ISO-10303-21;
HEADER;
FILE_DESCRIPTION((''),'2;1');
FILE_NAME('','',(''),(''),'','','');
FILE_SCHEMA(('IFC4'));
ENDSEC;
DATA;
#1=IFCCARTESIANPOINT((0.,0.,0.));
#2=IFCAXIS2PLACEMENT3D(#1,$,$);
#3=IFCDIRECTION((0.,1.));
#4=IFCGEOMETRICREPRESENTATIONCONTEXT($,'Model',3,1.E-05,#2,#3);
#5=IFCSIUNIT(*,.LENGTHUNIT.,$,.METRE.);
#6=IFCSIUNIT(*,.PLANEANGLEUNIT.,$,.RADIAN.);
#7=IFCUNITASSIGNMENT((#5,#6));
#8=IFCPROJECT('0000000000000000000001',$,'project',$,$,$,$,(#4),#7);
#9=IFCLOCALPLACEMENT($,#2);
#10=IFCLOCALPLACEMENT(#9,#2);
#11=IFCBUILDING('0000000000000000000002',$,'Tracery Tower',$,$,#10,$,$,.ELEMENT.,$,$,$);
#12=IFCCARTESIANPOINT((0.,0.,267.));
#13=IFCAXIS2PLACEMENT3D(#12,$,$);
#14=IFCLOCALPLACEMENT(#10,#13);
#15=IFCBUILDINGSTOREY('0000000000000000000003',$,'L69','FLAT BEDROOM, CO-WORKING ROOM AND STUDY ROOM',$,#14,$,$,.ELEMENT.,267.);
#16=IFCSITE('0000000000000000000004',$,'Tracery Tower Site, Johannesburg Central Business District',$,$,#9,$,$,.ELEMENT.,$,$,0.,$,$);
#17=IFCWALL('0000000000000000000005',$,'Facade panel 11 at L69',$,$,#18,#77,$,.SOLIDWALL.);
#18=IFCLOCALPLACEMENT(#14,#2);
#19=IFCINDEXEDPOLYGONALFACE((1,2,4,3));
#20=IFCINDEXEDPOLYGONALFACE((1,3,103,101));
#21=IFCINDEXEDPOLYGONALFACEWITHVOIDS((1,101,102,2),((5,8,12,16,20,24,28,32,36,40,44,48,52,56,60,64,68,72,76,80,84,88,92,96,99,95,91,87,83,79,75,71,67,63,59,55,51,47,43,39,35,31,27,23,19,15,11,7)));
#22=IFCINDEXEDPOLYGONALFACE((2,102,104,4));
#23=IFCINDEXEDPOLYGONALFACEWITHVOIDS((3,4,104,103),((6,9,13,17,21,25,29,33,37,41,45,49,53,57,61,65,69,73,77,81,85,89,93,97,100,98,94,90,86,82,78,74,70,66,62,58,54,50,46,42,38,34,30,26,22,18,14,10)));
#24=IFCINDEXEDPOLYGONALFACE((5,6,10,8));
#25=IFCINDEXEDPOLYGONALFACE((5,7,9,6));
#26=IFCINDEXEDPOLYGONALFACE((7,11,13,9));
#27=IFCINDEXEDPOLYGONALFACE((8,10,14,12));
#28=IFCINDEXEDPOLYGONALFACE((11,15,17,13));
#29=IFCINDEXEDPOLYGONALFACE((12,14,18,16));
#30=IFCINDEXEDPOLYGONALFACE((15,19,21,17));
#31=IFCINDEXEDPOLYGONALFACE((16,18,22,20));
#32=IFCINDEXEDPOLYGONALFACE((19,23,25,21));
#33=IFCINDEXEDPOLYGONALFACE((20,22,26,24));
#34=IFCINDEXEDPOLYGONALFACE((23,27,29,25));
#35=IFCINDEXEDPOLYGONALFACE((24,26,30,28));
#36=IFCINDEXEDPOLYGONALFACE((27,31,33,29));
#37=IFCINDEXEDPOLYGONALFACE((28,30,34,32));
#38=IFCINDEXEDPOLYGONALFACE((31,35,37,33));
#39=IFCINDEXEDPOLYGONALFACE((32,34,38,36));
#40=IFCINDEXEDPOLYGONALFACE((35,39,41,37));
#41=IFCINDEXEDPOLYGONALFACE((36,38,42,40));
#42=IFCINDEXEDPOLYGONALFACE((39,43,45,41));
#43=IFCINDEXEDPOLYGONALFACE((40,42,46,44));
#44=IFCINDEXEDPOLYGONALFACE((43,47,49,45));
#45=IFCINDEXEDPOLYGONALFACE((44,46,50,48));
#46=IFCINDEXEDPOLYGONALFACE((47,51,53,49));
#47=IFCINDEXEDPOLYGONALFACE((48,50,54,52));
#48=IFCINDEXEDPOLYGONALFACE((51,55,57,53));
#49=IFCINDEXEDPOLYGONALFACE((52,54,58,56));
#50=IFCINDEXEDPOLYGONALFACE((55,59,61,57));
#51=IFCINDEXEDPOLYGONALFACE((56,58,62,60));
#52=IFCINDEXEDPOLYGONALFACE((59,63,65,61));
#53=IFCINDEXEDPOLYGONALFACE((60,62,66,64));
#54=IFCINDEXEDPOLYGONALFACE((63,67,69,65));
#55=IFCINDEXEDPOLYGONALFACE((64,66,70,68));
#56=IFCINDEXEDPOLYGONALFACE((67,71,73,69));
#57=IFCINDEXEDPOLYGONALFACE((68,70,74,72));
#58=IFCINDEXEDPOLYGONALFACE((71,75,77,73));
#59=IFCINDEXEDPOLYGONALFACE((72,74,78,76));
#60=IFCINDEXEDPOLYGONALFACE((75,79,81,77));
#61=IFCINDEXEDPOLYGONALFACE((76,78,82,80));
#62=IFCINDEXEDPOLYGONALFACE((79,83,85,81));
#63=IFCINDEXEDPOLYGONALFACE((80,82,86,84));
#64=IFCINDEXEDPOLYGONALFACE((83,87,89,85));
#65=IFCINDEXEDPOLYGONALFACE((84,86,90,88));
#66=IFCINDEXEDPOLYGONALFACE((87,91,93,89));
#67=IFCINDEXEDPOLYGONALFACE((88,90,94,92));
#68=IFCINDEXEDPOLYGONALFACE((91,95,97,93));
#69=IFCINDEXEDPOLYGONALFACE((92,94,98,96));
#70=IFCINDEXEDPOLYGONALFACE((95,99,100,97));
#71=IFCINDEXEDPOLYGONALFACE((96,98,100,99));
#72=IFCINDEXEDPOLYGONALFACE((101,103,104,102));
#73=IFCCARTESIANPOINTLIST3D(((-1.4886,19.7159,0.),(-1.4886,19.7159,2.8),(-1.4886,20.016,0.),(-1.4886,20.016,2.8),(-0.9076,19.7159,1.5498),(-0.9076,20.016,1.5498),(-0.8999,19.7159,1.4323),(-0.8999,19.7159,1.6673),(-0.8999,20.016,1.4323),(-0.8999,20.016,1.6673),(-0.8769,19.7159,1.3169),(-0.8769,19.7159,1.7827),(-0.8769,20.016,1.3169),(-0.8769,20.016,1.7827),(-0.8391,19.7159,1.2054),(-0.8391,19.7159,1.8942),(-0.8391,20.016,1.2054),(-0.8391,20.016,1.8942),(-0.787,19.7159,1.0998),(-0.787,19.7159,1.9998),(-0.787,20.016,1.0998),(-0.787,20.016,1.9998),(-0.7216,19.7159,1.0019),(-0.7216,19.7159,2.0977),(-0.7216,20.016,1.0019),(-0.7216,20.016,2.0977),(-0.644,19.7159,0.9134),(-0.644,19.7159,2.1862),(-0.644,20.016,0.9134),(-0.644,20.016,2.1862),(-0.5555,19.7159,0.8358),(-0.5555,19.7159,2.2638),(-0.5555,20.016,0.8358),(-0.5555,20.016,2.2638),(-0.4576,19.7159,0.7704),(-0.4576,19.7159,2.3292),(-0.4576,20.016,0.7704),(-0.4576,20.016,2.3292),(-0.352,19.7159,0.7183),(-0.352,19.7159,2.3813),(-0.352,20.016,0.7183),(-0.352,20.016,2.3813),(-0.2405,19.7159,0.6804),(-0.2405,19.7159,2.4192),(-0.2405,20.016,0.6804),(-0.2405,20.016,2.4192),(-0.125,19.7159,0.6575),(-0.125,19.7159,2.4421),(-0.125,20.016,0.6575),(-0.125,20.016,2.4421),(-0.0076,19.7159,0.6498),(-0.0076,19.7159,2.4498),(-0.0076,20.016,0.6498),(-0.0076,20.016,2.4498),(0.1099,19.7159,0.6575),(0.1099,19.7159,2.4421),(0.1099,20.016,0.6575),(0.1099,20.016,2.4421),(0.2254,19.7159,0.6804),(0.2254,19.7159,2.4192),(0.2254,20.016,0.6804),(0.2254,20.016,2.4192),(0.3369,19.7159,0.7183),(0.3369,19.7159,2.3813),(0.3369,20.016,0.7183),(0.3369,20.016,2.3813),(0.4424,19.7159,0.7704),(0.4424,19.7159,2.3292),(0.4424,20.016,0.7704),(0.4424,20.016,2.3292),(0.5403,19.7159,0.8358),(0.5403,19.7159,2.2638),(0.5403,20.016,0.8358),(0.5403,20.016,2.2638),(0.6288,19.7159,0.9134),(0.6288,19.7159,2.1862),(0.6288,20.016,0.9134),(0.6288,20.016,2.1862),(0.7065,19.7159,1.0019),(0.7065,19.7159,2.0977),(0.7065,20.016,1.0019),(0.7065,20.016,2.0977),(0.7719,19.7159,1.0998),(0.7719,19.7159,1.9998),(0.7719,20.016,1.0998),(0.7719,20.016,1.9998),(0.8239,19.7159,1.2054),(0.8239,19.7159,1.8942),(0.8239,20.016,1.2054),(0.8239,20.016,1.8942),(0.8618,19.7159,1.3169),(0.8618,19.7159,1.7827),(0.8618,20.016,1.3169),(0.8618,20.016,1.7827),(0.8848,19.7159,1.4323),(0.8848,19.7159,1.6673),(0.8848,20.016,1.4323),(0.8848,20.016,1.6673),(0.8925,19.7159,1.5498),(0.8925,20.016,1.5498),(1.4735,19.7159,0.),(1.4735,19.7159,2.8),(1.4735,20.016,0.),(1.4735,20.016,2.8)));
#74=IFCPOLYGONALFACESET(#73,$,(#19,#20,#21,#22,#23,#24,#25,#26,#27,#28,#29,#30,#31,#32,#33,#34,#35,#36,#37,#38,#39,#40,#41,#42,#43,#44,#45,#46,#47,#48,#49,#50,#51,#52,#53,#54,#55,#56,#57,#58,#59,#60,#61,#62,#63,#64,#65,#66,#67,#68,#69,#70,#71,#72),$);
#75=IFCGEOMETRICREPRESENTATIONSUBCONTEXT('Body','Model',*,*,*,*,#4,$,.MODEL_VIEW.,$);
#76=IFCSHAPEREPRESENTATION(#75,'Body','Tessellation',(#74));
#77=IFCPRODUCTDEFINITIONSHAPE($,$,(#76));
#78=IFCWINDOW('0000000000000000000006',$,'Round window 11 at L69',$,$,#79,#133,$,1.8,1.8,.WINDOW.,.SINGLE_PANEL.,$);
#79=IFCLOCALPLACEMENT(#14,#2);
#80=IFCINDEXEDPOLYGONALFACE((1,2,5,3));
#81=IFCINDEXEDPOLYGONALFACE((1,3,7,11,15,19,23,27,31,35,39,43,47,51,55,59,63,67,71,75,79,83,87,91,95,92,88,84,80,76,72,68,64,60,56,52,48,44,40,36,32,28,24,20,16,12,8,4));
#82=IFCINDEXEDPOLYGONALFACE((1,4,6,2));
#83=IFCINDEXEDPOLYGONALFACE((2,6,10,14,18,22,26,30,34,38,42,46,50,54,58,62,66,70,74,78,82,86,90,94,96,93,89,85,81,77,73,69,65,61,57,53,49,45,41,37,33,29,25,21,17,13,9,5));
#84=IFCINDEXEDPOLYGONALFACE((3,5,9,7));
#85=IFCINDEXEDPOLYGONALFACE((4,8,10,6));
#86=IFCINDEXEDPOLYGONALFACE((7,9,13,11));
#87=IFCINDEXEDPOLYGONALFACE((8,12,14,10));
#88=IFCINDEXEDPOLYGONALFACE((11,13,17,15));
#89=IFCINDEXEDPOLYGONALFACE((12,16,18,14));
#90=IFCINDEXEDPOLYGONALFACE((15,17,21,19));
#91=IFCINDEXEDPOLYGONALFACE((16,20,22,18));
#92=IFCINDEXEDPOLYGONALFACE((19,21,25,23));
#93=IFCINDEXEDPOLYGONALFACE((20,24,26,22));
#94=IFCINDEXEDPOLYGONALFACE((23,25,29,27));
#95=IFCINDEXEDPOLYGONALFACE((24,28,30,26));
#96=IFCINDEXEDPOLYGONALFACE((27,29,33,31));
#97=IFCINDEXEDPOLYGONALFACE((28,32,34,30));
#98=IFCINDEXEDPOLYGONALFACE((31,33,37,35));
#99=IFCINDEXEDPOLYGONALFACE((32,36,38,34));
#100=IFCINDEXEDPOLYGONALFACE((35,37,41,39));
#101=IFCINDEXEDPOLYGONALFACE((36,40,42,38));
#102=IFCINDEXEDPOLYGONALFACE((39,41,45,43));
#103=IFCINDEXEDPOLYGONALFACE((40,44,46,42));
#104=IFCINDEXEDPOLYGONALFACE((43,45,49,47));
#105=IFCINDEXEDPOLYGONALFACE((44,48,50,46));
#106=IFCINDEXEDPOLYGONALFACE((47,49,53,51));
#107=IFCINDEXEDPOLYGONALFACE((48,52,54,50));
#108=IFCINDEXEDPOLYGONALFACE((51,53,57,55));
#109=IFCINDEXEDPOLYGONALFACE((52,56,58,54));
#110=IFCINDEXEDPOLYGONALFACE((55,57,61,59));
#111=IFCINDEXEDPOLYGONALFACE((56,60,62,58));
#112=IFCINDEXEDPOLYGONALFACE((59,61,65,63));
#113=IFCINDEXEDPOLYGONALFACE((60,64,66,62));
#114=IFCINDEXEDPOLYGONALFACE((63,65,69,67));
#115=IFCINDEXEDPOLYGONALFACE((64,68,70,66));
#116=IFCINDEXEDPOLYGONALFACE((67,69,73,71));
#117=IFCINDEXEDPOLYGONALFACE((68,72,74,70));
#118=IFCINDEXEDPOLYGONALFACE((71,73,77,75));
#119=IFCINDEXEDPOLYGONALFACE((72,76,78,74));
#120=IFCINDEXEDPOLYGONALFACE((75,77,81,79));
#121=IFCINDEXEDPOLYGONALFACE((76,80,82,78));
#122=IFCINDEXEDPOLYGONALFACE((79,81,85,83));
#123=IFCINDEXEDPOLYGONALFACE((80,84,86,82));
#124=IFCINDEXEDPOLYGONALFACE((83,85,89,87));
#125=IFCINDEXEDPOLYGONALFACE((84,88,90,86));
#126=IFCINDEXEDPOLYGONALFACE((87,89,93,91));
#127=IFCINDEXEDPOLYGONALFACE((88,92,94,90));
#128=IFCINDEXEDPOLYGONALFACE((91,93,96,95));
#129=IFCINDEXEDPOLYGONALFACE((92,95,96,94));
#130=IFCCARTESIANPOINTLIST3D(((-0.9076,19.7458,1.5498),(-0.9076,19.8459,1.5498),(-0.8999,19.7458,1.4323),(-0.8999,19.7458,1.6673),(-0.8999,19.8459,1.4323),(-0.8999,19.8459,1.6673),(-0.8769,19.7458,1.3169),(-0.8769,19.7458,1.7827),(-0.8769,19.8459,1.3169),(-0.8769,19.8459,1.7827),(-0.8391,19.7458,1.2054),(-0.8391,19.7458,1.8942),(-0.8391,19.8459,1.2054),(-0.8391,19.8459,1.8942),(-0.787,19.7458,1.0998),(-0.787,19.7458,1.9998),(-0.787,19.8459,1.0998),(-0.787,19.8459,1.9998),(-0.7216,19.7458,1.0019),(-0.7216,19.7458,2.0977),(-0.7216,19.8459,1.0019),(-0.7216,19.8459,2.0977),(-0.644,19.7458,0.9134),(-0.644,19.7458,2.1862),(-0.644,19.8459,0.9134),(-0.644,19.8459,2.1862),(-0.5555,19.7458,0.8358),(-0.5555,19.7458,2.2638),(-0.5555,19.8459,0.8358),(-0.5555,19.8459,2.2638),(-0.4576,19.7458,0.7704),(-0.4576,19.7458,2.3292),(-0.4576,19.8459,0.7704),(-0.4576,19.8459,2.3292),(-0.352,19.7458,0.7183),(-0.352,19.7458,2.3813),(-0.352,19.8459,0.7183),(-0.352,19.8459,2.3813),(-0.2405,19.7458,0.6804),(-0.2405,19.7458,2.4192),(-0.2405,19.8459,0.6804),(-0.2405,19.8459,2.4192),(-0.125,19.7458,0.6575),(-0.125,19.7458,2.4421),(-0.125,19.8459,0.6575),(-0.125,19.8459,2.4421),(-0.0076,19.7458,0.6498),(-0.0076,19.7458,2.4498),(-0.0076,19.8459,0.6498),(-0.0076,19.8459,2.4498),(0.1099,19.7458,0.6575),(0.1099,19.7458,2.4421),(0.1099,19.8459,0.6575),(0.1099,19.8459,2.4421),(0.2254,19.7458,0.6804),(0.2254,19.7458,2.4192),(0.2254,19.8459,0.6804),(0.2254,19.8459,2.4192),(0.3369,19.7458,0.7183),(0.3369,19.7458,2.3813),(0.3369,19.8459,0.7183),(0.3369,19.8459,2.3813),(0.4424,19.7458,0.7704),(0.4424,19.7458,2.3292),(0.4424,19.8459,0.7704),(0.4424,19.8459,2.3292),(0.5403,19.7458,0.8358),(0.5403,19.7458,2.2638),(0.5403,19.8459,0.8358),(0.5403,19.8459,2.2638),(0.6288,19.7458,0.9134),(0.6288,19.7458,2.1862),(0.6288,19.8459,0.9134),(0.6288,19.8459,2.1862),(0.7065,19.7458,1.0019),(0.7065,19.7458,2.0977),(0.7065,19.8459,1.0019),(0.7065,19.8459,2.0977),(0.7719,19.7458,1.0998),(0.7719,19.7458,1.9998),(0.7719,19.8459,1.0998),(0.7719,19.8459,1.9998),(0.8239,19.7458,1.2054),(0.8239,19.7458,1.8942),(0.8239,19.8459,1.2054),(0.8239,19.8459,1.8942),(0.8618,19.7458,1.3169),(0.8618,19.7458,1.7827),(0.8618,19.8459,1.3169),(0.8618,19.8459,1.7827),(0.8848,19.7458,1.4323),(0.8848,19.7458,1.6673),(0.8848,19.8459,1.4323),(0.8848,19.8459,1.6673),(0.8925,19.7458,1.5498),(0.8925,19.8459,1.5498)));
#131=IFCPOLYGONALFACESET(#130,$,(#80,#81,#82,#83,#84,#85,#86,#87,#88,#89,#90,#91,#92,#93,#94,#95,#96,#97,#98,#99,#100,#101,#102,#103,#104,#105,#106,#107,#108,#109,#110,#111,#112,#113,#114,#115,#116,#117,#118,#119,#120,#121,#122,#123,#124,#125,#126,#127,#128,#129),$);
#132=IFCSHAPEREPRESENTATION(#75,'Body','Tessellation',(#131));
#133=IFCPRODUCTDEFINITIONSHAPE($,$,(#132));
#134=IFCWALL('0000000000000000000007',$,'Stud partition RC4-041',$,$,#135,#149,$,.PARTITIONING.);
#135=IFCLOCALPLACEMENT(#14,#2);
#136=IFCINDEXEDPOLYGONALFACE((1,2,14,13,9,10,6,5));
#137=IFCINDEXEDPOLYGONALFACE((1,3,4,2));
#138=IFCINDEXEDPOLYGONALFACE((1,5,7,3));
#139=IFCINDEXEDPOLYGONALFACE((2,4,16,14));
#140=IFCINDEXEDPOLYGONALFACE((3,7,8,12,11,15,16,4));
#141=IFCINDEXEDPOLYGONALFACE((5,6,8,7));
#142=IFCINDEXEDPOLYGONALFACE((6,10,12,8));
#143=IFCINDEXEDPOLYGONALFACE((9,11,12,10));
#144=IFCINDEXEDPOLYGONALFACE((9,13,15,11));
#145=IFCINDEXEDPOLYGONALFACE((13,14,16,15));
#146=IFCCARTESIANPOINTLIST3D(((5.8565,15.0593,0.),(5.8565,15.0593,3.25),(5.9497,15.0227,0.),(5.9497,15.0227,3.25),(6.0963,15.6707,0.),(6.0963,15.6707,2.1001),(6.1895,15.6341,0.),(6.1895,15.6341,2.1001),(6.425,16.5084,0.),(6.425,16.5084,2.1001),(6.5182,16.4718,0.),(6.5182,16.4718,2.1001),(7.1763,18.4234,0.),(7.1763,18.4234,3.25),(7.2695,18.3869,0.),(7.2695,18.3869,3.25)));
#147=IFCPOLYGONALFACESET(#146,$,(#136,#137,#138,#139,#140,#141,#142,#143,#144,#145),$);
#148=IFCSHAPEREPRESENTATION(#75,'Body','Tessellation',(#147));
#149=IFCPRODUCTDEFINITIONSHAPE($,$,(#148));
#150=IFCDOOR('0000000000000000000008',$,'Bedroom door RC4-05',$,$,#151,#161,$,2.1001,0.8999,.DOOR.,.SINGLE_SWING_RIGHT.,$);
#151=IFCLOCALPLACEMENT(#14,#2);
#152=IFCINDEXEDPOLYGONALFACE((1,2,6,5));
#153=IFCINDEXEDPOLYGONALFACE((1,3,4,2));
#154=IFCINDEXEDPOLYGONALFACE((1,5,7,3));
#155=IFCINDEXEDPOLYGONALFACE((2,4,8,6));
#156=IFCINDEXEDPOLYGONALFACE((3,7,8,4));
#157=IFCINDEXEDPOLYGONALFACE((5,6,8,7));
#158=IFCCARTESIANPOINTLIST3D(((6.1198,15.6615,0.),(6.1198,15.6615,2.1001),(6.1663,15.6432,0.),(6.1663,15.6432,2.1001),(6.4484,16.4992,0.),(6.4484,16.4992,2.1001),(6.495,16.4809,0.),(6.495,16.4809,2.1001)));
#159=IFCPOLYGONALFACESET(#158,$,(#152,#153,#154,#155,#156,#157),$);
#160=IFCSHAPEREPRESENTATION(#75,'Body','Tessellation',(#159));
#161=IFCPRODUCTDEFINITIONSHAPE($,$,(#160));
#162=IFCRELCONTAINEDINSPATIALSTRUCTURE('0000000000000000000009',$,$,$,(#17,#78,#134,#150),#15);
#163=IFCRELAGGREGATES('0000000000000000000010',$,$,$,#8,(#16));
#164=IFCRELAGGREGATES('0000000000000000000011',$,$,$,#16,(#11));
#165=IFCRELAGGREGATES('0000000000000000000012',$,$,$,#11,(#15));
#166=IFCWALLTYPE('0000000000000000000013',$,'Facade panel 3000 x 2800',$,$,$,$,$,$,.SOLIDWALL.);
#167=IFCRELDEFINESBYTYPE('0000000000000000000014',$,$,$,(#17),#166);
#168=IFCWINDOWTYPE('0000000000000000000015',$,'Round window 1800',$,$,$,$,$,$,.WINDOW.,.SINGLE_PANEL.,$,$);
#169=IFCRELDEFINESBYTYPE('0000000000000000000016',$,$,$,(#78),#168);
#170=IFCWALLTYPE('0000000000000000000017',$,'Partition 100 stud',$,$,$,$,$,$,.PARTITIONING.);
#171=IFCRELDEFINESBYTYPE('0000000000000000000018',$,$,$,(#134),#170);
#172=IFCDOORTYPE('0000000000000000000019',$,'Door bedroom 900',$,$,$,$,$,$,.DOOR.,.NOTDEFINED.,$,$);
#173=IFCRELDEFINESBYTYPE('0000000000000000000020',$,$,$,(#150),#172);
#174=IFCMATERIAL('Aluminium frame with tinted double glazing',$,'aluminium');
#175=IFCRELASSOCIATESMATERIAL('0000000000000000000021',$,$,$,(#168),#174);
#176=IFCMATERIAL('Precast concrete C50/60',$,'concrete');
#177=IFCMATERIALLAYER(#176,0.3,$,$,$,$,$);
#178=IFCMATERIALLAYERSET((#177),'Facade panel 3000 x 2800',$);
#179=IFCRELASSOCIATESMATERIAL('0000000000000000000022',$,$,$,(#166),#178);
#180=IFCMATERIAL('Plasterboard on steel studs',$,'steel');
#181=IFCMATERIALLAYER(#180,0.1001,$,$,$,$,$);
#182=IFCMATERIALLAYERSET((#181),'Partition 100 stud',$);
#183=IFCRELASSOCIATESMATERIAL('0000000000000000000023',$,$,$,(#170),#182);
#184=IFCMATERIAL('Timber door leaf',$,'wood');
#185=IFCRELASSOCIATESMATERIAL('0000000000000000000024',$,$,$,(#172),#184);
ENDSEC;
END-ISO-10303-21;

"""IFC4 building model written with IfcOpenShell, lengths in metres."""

from ifc_helpers import new_model, si_unit, direction, frame, frame_2d, origin, origin_2d, place, context, subcontext, project, spatial, rectangle, circle, extrude, material, layer, layer_set, type_object, element, fill, save


model = new_model("IFC4")

# Units and contexts
model_context = context("Model", 3, precision=1e-05, world=origin(), true_north=direction((0.0, 1.0)))
body_context = subcontext(model_context, "Body", "Model", "MODEL_VIEW")
ifc_project = project(units=[si_unit("LENGTHUNIT", "METRE"), si_unit("PLANEANGLEUNIT", "RADIAN")], contexts=[model_context])

# Site, building, storey
site_placement = place(None, origin())
site = spatial("IfcSite", under=ifc_project, at=site_placement, Name="Tracery Tower Site, Johannesburg Central Business District", CompositionType="ELEMENT", RefElevation=0.0)
building_placement = place(site_placement, origin())
building = spatial("IfcBuilding", under=site, at=building_placement, Name="Tracery Tower", CompositionType="ELEMENT")
storey_placement = place(building_placement, frame((0.0, 0.0, 267.0)))
storey = spatial("IfcBuildingStorey", under=building, at=storey_placement, Name="L69", Description="FLAT BEDROOM, CO-WORKING ROOM AND STUDY ROOM", CompositionType="ELEMENT", Elevation=267.0)

# Wall, opening, window
ifc_material_1 = material(Name="Aluminium frame with tinted double glazing", Category="aluminium")
window_type = type_object("IfcWindowType", Name="Round window 1800", PartitioningType="SINGLE_PANEL", PredefinedType="WINDOW", material=ifc_material_1)
ifc_material_2 = material(Name="Precast concrete C50/60", Category="concrete")
ifc_layer_1 = layer(ifc_material_2, 0.3)
ifc_layer_set_1 = layer_set([ifc_layer_1], Name="Facade panel 3000 x 2800")
wall_type_1 = type_object("IfcWallType", Name="Facade panel 3000 x 2800", PredefinedType="SOLIDWALL", material=ifc_layer_set_1)
wall_1_placement = place(storey_placement, frame((1.4734, 19.866, 0.0), z_axis=(0.0, 0.0, 1.0), x_axis=(-1.0, 0.0, 0.0)))
wall_1 = element("IfcWall", 1, at=wall_1_placement, inside=storey, type_object=wall_type_1, Name="Facade panel 11 at L69", PredefinedType="SOLIDWALL", context=body_context, shape_type="SweptSolid", body=[
    extrude(rectangle(XDim=2.9622, YDim=0.3, at=frame_2d((1.481, 0.0))), origin(), (0.0, 0.0, 1.0), 2.8),
])
opening_1_placement = place(wall_1_placement, frame((1.481, 0.0, 1.5498)))
opening_1 = element("IfcOpeningElement", 2, at=opening_1_placement, cuts=wall_1, PredefinedType="OPENING", context=body_context, shape_type="SweptSolid", body=[
    extrude(circle(Radius=0.9, at=origin_2d()), frame((0.0, 0.1599, 0.0), z_axis=(0.0, -1.0, 0.0), x_axis=(1.0, 0.0, 0.0)), (0.0, 0.0, 1.0), 0.3201),
])
window_1_placement = place(opening_1_placement, origin())
window_1 = element("IfcWindow", 3, at=window_1_placement, inside=storey, type_object=window_type, Name="Round window 11 at L69", OverallHeight=1.8, OverallWidth=1.8, PartitioningType="SINGLE_PANEL", PredefinedType="WINDOW", context=body_context, shape_type="SweptSolid", body=[
    extrude(circle(Radius=0.9, at=origin_2d()), frame((0.0, 0.1201, 0.0), z_axis=(0.0, -1.0, 0.0), x_axis=(1.0, 0.0, 0.0)), (0.0, 0.0, 1.0), 0.1001),
])
fill(opening_1, window_1)

# Wall, opening, door
ifc_material_3 = material(Name="Plasterboard on steel studs", Category="steel")
ifc_layer_2 = layer(ifc_material_3, 0.1001)
ifc_layer_set_2 = layer_set([ifc_layer_2], Name="Partition 100 stud")
wall_type_2 = type_object("IfcWallType", Name="Partition 100 stud", PredefinedType="PARTITIONING", material=ifc_layer_set_2)
wall_2_placement = place(storey_placement, frame((5.9031, 15.041, 0.0), z_axis=(0.0, 0.0, 1.0), x_axis=(0.365232, 0.930916, 0.0)))
wall_2 = element("IfcWall", 4, at=wall_2_placement, inside=storey, type_object=wall_type_2, Name="Stud partition RC4-041", PredefinedType="PARTITIONING", context=body_context, shape_type="SweptSolid", body=[
    extrude(rectangle(XDim=3.6138, YDim=0.1001, at=frame_2d((1.8069, 0.0))), origin(), (0.0, 0.0, 1.0), 3.25),
])
opening_2_placement = place(wall_2_placement, frame((0.6567, 0.0, 0.0)))
opening_2 = element("IfcOpeningElement", 5, at=opening_2_placement, cuts=wall_2, PredefinedType="OPENING", context=body_context, shape_type="SweptSolid", body=[
    extrude(rectangle(XDim=0.8999, YDim=2.1001, at=frame_2d((0.45, 1.05))), frame((0.0, 0.05, 0.0), z_axis=(0.0, -1.0, 0.0), x_axis=(1.0, 0.0, 0.0)), (0.0, 0.0, 1.0), 0.1001),
])
ifc_material_4 = material(Name="Timber door leaf", Category="wood")
door_type_1 = type_object("IfcDoorType", Name="Door bedroom 900", OperationType="NOTDEFINED", PredefinedType="DOOR", material=ifc_material_4)
door_1_placement = place(opening_2_placement, origin())
door_1 = element("IfcDoor", 6, at=door_1_placement, inside=storey, type_object=door_type_1, Name="Bedroom door RC4-05", OperationType="SINGLE_SWING_RIGHT", OverallHeight=2.1001, OverallWidth=0.8999, PredefinedType="DOOR", context=body_context, shape_type="SweptSolid", body=[
    extrude(rectangle(XDim=0.8999, YDim=2.1001, at=frame_2d((0.45, 1.05))), frame((0.0, 0.0249, 0.0), z_axis=(0.0, -1.0, 0.0), x_axis=(1.0, 0.0, 0.0)), (0.0, 0.0, 1.0), 0.05),
])
fill(opening_2, door_1)

save(model, "model.ifc")
